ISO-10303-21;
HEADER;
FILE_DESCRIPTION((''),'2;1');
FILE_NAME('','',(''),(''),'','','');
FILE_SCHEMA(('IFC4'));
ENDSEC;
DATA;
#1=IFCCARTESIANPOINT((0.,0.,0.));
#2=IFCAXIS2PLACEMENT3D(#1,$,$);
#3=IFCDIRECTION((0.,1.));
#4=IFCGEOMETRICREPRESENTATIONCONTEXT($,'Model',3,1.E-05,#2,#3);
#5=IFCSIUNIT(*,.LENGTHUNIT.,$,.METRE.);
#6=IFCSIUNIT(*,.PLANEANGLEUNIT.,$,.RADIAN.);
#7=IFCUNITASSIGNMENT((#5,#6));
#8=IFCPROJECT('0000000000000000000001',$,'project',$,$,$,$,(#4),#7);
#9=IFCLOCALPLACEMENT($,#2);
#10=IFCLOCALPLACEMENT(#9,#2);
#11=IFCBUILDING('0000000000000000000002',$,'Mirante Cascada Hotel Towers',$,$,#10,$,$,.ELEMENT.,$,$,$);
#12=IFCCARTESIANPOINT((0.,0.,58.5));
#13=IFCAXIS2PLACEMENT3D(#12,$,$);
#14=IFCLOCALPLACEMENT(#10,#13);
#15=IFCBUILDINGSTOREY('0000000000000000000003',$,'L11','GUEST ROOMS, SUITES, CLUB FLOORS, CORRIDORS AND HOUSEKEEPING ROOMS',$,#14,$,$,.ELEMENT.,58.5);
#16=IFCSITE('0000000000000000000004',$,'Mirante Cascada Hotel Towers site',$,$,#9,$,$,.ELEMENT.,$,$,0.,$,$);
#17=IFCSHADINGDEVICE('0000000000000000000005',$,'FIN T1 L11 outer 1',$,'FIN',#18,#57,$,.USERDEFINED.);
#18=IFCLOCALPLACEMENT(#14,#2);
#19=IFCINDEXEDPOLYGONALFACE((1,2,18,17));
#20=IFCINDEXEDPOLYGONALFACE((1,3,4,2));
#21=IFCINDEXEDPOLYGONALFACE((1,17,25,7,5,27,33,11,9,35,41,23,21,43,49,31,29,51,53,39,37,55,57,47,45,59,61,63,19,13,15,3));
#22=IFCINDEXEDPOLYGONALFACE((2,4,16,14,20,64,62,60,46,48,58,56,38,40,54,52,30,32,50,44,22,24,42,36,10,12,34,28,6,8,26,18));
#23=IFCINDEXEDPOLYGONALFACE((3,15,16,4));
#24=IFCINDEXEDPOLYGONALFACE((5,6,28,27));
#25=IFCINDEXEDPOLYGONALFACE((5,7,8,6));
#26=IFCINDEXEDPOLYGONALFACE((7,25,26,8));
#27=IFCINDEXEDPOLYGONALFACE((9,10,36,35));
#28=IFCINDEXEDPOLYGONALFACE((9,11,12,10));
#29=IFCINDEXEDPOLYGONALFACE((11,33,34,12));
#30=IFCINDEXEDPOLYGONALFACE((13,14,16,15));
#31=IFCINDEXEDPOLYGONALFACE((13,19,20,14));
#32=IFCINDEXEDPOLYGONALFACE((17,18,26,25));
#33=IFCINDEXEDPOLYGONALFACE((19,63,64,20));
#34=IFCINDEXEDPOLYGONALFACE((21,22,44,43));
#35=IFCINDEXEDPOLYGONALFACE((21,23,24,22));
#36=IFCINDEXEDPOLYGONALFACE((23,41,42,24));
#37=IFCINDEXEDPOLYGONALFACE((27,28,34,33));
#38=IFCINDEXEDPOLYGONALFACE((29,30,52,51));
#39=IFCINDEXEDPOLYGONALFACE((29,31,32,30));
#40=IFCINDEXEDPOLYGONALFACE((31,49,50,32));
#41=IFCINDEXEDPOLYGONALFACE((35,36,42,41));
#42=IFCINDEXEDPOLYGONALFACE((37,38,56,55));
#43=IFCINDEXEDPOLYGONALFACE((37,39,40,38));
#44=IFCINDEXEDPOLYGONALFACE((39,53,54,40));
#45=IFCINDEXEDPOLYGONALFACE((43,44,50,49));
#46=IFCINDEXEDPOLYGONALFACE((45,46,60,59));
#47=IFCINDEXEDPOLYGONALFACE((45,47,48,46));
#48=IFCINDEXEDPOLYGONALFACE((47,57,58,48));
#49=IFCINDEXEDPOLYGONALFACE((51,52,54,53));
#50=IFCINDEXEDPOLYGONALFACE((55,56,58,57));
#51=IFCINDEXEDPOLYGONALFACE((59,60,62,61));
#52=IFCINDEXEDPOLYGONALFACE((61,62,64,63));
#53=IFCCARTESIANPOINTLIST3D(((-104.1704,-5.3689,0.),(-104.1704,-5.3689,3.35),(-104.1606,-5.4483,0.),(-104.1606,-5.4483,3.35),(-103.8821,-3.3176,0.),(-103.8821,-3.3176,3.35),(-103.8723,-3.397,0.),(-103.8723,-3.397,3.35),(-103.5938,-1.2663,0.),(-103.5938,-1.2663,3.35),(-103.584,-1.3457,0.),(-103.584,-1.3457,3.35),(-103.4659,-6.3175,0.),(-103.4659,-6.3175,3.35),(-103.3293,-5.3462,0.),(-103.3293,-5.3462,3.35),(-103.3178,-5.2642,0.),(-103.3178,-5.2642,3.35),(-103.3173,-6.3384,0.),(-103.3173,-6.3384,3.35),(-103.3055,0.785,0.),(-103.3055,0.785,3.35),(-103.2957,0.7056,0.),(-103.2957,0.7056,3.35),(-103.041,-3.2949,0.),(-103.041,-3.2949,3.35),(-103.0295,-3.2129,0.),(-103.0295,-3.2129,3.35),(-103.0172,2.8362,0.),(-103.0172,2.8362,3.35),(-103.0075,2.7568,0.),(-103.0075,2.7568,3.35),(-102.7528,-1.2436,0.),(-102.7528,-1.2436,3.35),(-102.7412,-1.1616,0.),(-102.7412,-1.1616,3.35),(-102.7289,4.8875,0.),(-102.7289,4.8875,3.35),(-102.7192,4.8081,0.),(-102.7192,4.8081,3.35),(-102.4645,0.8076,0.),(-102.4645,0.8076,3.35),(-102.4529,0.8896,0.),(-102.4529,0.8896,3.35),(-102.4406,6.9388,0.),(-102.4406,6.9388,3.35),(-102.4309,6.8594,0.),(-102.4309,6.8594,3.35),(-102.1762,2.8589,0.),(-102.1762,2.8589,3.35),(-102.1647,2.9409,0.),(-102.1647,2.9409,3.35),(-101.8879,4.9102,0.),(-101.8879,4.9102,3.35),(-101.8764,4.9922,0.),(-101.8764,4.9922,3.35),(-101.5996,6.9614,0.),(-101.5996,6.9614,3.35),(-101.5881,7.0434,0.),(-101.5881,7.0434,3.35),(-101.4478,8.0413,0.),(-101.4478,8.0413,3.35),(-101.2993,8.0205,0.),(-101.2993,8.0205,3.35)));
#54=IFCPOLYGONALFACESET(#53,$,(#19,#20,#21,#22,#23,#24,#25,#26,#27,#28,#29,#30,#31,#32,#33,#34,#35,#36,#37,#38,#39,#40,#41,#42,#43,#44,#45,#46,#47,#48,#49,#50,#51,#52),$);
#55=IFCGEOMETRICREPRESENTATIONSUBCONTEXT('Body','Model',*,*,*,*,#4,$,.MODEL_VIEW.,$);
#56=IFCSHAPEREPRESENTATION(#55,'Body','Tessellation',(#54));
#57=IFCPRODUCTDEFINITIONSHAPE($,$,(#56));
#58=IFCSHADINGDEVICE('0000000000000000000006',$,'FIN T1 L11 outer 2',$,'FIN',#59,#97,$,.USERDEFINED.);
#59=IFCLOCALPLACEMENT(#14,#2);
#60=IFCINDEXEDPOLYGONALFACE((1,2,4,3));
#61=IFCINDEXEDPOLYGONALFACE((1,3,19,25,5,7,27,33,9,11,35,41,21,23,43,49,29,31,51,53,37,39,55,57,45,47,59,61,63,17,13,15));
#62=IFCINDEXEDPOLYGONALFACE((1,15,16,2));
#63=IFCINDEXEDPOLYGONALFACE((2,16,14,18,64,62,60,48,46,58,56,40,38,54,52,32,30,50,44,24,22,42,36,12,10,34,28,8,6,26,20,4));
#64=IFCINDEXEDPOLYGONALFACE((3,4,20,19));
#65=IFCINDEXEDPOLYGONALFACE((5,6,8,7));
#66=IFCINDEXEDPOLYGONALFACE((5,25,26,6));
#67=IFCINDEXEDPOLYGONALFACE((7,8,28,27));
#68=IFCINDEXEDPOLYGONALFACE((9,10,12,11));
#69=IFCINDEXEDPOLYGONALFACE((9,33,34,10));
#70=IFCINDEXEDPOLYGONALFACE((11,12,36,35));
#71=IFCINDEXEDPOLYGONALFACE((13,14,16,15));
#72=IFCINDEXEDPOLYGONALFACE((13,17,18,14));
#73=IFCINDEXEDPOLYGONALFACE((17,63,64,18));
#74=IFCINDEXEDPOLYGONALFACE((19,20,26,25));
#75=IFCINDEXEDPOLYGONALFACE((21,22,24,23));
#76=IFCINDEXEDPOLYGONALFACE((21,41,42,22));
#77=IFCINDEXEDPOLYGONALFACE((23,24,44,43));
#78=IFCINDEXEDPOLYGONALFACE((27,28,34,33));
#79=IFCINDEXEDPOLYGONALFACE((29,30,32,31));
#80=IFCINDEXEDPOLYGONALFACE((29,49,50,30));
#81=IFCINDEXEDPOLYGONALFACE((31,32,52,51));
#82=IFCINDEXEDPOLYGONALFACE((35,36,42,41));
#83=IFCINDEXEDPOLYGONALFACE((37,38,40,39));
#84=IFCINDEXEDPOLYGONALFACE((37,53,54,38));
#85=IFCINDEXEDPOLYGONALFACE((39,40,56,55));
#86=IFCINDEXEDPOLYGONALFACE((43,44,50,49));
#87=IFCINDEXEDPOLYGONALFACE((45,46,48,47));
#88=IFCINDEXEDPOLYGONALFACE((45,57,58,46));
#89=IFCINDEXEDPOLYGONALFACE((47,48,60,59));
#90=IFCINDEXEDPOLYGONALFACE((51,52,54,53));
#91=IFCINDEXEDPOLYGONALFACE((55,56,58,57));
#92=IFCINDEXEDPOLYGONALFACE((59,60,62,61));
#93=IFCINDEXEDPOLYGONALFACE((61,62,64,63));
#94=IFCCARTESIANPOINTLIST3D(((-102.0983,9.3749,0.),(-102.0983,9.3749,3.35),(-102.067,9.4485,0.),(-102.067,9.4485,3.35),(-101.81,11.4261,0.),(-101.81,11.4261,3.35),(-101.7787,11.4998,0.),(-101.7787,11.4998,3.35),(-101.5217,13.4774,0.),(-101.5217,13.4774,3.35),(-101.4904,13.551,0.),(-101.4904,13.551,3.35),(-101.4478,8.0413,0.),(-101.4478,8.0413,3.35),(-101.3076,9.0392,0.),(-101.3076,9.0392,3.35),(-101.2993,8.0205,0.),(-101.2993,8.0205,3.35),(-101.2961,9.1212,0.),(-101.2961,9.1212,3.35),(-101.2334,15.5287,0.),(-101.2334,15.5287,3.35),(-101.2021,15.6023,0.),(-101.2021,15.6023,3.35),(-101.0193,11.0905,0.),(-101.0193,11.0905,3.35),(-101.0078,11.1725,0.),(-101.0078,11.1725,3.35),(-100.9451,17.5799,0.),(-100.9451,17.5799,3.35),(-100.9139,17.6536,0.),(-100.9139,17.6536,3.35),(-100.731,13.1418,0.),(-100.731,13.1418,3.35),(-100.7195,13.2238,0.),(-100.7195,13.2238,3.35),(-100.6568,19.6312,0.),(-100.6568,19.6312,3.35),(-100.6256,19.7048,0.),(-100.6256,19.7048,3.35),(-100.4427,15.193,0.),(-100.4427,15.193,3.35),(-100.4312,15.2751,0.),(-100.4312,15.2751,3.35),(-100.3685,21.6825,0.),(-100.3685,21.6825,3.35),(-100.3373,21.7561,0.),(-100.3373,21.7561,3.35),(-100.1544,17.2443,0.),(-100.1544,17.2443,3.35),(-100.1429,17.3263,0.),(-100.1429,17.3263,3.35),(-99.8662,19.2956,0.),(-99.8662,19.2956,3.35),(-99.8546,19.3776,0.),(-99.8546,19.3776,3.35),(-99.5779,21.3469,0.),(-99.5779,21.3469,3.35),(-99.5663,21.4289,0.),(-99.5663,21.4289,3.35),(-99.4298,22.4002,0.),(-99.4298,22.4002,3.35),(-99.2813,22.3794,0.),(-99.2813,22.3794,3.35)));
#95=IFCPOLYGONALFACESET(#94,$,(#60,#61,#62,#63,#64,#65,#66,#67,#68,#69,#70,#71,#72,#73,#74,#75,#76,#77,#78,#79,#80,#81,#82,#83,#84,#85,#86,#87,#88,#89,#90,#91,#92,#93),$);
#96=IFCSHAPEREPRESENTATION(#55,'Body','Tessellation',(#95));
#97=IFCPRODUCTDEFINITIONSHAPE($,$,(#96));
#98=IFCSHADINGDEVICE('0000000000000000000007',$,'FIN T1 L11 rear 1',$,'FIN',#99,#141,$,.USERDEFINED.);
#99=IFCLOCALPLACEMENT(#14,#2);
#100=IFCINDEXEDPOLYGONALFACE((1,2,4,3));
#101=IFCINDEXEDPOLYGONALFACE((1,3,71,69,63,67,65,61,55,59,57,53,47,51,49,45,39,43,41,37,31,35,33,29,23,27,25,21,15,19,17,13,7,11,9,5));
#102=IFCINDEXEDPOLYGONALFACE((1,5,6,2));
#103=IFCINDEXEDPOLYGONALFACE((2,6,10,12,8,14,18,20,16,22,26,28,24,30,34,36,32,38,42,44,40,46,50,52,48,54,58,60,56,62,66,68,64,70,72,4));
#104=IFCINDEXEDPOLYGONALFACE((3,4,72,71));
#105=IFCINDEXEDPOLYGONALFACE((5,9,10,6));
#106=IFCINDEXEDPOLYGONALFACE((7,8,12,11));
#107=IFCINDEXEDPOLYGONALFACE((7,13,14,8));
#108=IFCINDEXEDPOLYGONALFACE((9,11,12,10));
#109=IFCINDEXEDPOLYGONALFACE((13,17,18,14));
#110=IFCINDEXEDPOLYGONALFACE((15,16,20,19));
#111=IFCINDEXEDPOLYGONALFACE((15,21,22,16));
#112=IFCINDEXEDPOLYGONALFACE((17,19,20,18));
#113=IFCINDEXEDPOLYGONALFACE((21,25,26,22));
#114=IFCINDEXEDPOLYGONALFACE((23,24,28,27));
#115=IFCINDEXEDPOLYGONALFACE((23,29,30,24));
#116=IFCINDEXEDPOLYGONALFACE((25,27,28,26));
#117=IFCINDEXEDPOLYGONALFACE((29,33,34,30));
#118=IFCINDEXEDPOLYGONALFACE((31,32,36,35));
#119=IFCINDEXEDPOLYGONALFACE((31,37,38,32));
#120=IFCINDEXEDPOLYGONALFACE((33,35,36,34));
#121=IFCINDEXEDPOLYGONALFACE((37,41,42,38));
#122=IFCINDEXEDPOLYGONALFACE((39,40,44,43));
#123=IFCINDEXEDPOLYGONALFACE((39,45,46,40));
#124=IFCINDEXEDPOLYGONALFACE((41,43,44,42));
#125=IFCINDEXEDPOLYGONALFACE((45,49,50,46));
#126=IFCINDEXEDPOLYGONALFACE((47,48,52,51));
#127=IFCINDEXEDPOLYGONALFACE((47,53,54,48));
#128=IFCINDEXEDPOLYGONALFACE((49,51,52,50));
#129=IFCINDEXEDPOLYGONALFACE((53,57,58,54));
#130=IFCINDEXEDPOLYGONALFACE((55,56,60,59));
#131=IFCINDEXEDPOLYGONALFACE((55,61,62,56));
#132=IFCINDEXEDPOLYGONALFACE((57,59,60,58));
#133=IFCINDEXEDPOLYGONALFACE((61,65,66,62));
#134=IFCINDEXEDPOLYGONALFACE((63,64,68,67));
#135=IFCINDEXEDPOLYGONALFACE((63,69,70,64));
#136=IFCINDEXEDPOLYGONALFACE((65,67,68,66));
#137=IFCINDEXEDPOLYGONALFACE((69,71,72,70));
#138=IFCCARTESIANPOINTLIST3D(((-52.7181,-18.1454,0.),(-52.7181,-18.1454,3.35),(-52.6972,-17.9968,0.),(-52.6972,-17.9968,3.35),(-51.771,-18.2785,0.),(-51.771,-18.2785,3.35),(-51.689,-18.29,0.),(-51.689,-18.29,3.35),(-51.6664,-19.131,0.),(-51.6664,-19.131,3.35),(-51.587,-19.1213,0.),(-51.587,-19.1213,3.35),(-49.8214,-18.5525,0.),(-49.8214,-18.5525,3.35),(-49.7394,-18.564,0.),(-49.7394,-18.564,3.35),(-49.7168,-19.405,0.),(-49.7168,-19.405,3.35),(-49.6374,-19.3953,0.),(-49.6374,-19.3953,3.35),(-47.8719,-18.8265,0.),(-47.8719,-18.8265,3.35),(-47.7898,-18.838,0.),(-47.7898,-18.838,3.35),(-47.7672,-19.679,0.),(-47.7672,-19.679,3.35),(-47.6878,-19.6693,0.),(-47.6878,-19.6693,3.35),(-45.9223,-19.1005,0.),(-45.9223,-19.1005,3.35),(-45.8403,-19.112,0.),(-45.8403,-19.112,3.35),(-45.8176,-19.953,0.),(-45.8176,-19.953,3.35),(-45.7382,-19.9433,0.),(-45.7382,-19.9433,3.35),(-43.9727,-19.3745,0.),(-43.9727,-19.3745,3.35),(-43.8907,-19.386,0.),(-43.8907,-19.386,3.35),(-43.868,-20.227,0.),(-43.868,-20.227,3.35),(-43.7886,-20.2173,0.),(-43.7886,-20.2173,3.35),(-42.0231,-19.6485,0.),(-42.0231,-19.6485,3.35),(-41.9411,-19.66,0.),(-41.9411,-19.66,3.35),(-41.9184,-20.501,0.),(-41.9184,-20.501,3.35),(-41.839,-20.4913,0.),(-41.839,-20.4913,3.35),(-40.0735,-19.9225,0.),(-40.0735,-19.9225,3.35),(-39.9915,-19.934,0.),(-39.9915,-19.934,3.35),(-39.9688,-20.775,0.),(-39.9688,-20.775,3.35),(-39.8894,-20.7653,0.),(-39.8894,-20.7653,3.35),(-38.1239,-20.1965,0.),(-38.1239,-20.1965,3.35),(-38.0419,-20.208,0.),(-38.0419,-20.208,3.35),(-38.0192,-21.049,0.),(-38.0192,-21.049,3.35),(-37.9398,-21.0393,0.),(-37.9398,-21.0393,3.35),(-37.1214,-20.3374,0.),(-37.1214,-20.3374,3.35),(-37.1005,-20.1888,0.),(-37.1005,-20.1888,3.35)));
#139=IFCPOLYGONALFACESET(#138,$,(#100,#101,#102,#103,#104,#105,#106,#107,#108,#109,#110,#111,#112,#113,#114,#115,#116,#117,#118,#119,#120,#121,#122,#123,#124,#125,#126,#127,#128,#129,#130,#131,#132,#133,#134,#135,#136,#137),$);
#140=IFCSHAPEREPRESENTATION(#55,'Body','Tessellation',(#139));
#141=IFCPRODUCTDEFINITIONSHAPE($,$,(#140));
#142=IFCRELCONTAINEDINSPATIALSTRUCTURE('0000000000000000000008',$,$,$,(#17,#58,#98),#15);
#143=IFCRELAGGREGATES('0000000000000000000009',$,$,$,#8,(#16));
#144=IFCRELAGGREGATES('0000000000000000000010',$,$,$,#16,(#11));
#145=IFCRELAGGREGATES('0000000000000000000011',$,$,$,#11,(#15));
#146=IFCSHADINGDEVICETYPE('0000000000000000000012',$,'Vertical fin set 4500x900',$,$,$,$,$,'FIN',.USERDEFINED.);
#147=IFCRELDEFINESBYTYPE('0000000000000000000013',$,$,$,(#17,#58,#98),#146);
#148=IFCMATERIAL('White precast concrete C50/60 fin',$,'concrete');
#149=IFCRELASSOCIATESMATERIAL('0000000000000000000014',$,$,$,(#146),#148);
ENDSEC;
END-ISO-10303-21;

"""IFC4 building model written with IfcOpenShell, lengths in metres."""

from ifc_helpers import new_model, si_unit, direction, frame, origin, place, context, subcontext, project, spatial, polyline, outline, extrude, material, type_object, element, save


model = new_model("IFC4")

# Units and contexts
model_context = context("Model", 3, precision=1e-05, world=origin(), true_north=direction((0.0, 1.0)))
body_context = subcontext(model_context, "Body", "Model", "MODEL_VIEW")
ifc_project = project(units=[si_unit("LENGTHUNIT", "METRE"), si_unit("PLANEANGLEUNIT", "RADIAN")], contexts=[model_context])

# Site, building, storey
site_placement = place(None, origin())
site = spatial("IfcSite", under=ifc_project, at=site_placement, Name="Mirante Cascada Hotel Towers site", CompositionType="ELEMENT", RefElevation=0.0)
building_placement = place(site_placement, origin())
building = spatial("IfcBuilding", under=site, at=building_placement, Name="Mirante Cascada Hotel Towers", CompositionType="ELEMENT")
storey_placement = place(building_placement, frame((0.0, 0.0, 58.5)))
storey = spatial("IfcBuildingStorey", under=building, at=storey_placement, Name="L11", Description="GUEST ROOMS, SUITES, CLUB FLOORS, CORRIDORS AND HOUSEKEEPING ROOMS", CompositionType="ELEMENT", Elevation=58.5)

# Shading devices
ifc_material_1 = material(Name="White precast concrete C50/60 fin", Category="concrete")
shading_device_type = type_object("IfcShadingDeviceType", Name="Vertical fin set 4500x900", ElementType="FIN", PredefinedType="USERDEFINED", material=ifc_material_1)
shading_device_1_placement = place(storey_placement, origin())
element("IfcShadingDevice", 1, at=shading_device_1_placement, inside=storey, type_object=shading_device_type, Name="FIN T1 L11 outer 1", ObjectType="FIN", PredefinedType="USERDEFINED", context=body_context, shape_type="SweptSolid", body=[
    extrude(outline(polyline([(-103.3178, -5.2642), (-103.041, -3.2949), (-103.8723, -3.397), (-103.8821, -3.3176), (-103.0295, -3.2129), (-102.7528, -1.2436), (-103.584, -1.3457), (-103.5938, -1.2663), (-102.7412, -1.1616), (-102.4645, 0.8076), (-103.2957, 0.7056), (-103.3055, 0.785), (-102.4529, 0.8896), (-102.1762, 2.8589), (-103.0075, 2.7568), (-103.0172, 2.8362), (-102.1647, 2.9409), (-101.8879, 4.9102), (-102.7192, 4.8081), (-102.7289, 4.8875), (-101.8764, 4.9922), (-101.5996, 6.9614), (-102.4309, 6.8594), (-102.4406, 6.9388), (-101.5881, 7.0434), (-101.4478, 8.0413), (-101.2993, 8.0205), (-103.3173, -6.3384), (-103.4659, -6.3175), (-103.3293, -5.3462), (-104.1606, -5.4483), (-104.1704, -5.3689), (-103.3178, -5.2642)])), origin(), (0.0, 0.0, 1.0), 3.35),
])
shading_device_2_placement = place(storey_placement, origin())
element("IfcShadingDevice", 2, at=shading_device_2_placement, inside=storey, type_object=shading_device_type, Name="FIN T1 L11 outer 2", ObjectType="FIN", PredefinedType="USERDEFINED", context=body_context, shape_type="SweptSolid", body=[
    extrude(outline(polyline([(-101.2961, 9.1212), (-101.0193, 11.0905), (-101.81, 11.4261), (-101.7787, 11.4998), (-101.0078, 11.1725), (-100.731, 13.1418), (-101.5217, 13.4774), (-101.4904, 13.551), (-100.7195, 13.2238), (-100.4427, 15.193), (-101.2334, 15.5287), (-101.2021, 15.6023), (-100.4312, 15.2751), (-100.1544, 17.2443), (-100.9451, 17.5799), (-100.9139, 17.6536), (-100.1429, 17.3263), (-99.8662, 19.2956), (-100.6568, 19.6312), (-100.6256, 19.7048), (-99.8546, 19.3776), (-99.5779, 21.3469), (-100.3685, 21.6825), (-100.3373, 21.7561), (-99.5663, 21.4289), (-99.4298, 22.4002), (-99.2813, 22.3794), (-101.2993, 8.0205), (-101.4478, 8.0413), (-101.3076, 9.0392), (-102.0983, 9.3749), (-102.067, 9.4485), (-101.2961, 9.1212)])), origin(), (0.0, 0.0, 1.0), 3.35),
])
shading_device_3_placement = place(storey_placement, origin())
element("IfcShadingDevice", 3, at=shading_device_3_placement, inside=storey, type_object=shading_device_type, Name="FIN T1 L11 rear 1", ObjectType="FIN", PredefinedType="USERDEFINED", context=body_context, shape_type="SweptSolid", body=[
    extrude(outline(polyline([(-38.1239, -20.1965), (-39.9915, -19.934), (-39.8894, -20.7653), (-39.9688, -20.775), (-40.0735, -19.9225), (-41.9411, -19.66), (-41.839, -20.4913), (-41.9184, -20.501), (-42.0231, -19.6485), (-43.8907, -19.386), (-43.7886, -20.2173), (-43.868, -20.227), (-43.9727, -19.3745), (-45.8403, -19.112), (-45.7382, -19.9433), (-45.8176, -19.953), (-45.9223, -19.1005), (-47.7898, -18.838), (-47.6878, -19.6693), (-47.7672, -19.679), (-47.8719, -18.8265), (-49.7394, -18.564), (-49.6374, -19.3953), (-49.7168, -19.405), (-49.8214, -18.5525), (-51.689, -18.29), (-51.587, -19.1213), (-51.6664, -19.131), (-51.771, -18.2785), (-52.7181, -18.1454), (-52.6972, -17.9968), (-37.1005, -20.1888), (-37.1214, -20.3374), (-38.0419, -20.208), (-37.9398, -21.0393), (-38.0192, -21.049), (-38.1239, -20.1965)])), origin(), (0.0, 0.0, 1.0), 3.35),
])

save(model, "model.ifc")
